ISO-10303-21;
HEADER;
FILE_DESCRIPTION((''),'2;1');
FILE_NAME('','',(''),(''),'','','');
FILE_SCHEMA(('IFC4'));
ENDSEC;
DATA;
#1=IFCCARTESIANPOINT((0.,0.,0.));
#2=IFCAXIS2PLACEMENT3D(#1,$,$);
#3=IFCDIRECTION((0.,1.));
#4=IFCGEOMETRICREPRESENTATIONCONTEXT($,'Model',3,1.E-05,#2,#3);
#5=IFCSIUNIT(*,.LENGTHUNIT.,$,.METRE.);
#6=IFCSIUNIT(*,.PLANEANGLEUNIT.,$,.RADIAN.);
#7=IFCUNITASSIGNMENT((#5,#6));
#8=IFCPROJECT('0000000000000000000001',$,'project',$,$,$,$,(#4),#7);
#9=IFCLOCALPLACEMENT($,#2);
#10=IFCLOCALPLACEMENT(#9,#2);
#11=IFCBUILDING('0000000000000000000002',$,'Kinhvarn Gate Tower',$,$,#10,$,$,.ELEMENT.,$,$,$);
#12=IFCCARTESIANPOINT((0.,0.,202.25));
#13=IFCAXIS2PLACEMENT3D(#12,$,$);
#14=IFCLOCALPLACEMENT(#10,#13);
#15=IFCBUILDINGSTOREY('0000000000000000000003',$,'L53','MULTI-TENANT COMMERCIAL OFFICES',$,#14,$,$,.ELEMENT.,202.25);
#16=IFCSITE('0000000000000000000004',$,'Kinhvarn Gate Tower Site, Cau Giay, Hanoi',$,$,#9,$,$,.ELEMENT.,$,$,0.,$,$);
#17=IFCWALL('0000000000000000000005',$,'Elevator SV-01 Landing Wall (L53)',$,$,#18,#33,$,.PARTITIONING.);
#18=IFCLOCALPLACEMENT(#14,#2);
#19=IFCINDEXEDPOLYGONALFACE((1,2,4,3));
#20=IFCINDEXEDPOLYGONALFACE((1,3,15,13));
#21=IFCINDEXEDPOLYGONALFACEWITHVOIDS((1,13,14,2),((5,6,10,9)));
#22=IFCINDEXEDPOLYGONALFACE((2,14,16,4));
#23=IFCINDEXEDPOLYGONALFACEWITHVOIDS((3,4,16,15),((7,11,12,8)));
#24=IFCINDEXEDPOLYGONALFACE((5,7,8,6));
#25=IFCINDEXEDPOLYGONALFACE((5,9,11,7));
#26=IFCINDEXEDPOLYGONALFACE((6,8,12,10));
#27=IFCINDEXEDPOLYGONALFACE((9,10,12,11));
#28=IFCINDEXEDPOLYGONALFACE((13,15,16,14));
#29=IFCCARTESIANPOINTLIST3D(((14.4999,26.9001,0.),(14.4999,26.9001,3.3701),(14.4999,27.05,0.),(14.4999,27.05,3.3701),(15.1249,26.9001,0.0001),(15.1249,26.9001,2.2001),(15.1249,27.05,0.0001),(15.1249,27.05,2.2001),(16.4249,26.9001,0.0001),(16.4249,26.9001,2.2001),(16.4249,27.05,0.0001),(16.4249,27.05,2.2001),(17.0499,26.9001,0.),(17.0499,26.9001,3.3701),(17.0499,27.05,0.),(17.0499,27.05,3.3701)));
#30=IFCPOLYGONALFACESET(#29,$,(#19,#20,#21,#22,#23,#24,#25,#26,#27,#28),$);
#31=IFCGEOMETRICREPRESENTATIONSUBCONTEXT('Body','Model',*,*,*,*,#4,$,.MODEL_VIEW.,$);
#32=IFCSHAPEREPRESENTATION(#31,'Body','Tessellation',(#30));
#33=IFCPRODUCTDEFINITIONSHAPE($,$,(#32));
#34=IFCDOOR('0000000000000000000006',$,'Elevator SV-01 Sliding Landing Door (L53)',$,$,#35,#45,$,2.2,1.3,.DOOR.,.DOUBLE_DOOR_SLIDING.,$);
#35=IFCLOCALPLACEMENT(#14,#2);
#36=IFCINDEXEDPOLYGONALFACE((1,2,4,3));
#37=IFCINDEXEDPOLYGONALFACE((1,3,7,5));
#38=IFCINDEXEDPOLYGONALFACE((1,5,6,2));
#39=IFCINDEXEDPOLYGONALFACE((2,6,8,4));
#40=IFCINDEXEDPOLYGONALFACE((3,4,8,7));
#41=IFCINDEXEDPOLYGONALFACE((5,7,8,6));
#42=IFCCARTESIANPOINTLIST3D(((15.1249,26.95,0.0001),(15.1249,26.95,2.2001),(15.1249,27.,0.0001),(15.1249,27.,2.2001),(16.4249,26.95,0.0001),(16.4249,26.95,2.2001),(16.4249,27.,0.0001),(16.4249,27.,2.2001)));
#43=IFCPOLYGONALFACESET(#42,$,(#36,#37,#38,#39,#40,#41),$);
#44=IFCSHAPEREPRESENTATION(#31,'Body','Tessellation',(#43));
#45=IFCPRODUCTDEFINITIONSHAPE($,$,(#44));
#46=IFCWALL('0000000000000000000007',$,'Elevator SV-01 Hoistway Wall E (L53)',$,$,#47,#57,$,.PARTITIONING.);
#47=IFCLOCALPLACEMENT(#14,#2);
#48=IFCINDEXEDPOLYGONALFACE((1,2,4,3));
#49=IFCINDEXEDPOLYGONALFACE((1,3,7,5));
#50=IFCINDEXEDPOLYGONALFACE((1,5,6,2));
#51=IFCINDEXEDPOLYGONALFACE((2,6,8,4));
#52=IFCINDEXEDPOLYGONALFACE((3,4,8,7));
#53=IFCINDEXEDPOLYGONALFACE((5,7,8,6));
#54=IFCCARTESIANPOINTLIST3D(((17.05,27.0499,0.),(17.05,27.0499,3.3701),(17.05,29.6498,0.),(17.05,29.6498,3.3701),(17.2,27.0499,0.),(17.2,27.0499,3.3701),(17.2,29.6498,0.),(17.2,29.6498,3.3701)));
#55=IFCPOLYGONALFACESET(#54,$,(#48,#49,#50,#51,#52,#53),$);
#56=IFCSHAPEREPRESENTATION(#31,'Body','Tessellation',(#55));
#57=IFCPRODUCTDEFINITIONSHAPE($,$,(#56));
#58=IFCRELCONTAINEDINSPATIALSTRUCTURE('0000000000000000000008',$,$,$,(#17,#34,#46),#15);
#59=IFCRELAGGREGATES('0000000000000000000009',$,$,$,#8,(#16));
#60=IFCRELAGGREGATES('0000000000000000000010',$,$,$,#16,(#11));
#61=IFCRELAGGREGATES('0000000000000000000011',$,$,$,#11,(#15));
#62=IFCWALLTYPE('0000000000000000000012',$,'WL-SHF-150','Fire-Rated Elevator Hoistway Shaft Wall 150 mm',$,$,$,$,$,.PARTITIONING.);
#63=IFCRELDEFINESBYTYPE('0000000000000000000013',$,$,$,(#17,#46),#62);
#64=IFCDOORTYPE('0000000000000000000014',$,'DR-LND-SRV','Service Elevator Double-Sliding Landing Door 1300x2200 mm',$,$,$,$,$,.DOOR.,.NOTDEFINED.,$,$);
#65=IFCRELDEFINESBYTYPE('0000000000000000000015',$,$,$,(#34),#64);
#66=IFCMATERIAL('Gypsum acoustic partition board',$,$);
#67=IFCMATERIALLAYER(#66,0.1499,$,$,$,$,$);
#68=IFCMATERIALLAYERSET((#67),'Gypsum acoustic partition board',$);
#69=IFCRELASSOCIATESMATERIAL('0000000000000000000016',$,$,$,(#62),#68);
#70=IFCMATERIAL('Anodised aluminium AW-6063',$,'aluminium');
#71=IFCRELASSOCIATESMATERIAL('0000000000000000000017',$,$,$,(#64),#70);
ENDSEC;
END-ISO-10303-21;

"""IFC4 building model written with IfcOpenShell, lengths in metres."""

from ifc_helpers import new_model, si_unit, direction, frame, frame_2d, origin, place, context, subcontext, project, spatial, rectangle, extrude, material, layer, layer_set, type_object, element, fill, save


model = new_model("IFC4")

# Units and contexts
model_context = context("Model", 3, precision=1e-05, world=origin(), true_north=direction((0.0, 1.0)))
body_context = subcontext(model_context, "Body", "Model", "MODEL_VIEW")
ifc_project = project(units=[si_unit("LENGTHUNIT", "METRE"), si_unit("PLANEANGLEUNIT", "RADIAN")], contexts=[model_context])

# Site, building, storey
site_placement = place(None, origin())
site = spatial("IfcSite", under=ifc_project, at=site_placement, Name="Kinhvarn Gate Tower Site, Cau Giay, Hanoi", CompositionType="ELEMENT", RefElevation=0.0)
building_placement = place(site_placement, origin())
building = spatial("IfcBuilding", under=site, at=building_placement, Name="Kinhvarn Gate Tower", CompositionType="ELEMENT")
storey_placement = place(building_placement, frame((0.0, 0.0, 202.25)))
storey = spatial("IfcBuildingStorey", under=building, at=storey_placement, Name="L53", Description="MULTI-TENANT COMMERCIAL OFFICES", CompositionType="ELEMENT", Elevation=202.25)

# Shared definitions
ifc_material_1 = material(Name="Anodised aluminium AW-6063", Category="aluminium")

# Shared definitions
ifc_material_2 = material(Name="Gypsum acoustic partition board")

# Shared definitions
ifc_layer_1 = layer(ifc_material_2, 0.1499)
ifc_layer_set_1 = layer_set([ifc_layer_1], Name="Gypsum acoustic partition board")
wall_type_1 = type_object("IfcWallType", Name="WL-SHF-150", Description="Fire-Rated Elevator Hoistway Shaft Wall 150 mm", PredefinedType="PARTITIONING", material=ifc_layer_set_1)

# Wall, opening, door
wall_1_placement = place(storey_placement, frame((14.5, 26.9751, 0.0), z_axis=(0.0, 0.0, 1.0), x_axis=(1.0, 0.0, 0.0)))
wall_1 = element("IfcWall", 1, at=wall_1_placement, inside=storey, type_object=wall_type_1, Name="Elevator SV-01 Landing Wall (L53)", PredefinedType="PARTITIONING", context=body_context, shape_type="SweptSolid", body=[
    extrude(rectangle(XDim=2.55, YDim=0.1499, at=frame_2d((1.2749, 0.0))), origin(), (0.0, 0.0, 1.0), 3.3701),
])
opening_1_placement = place(wall_1_placement, frame((0.625, 0.0, 0.0)))
opening_1 = element("IfcOpeningElement", 2, at=opening_1_placement, cuts=wall_1, PredefinedType="OPENING", context=body_context, shape_type="SweptSolid", body=[
    extrude(rectangle(XDim=1.3, YDim=2.2, at=frame_2d((0.6499, 1.1001))), frame((0.0, 0.085, 0.0), z_axis=(0.0, -1.0, 0.0), x_axis=(1.0, 0.0, 0.0)), (0.0, 0.0, 1.0), 0.1699),
])
door_type_1 = type_object("IfcDoorType", Name="DR-LND-SRV", Description="Service Elevator Double-Sliding Landing Door 1300x2200 mm", OperationType="NOTDEFINED", PredefinedType="DOOR", material=ifc_material_1)
door_1_placement = place(opening_1_placement, origin())
door_1 = element("IfcDoor", 3, at=door_1_placement, inside=storey, type_object=door_type_1, Name="Elevator SV-01 Sliding Landing Door (L53)", OperationType="DOUBLE_DOOR_SLIDING", OverallHeight=2.2, OverallWidth=1.3, PredefinedType="DOOR", context=body_context, shape_type="SweptSolid", body=[
    extrude(rectangle(XDim=1.3, YDim=2.2, at=frame_2d((0.6499, 1.1001))), frame((0.0, 0.0249, 0.0), z_axis=(0.0, -1.0, 0.0), x_axis=(1.0, 0.0, 0.0)), (0.0, 0.0, 1.0), 0.05),
])
fill(opening_1, door_1)

# Wall
wall_2_placement = place(storey_placement, frame((17.125, 27.05, 0.0), z_axis=(0.0, 0.0, 1.0), x_axis=(0.0, 1.0, 0.0)))
element("IfcWall", 4, at=wall_2_placement, inside=storey, type_object=wall_type_1, Name="Elevator SV-01 Hoistway Wall E (L53)", PredefinedType="PARTITIONING", context=body_context, shape_type="SweptSolid", body=[
    extrude(rectangle(XDim=2.5999, YDim=0.1499, at=frame_2d((1.2998, 0.0))), origin(), (0.0, 0.0, 1.0), 3.3701),
])

save(model, "model.ifc")
